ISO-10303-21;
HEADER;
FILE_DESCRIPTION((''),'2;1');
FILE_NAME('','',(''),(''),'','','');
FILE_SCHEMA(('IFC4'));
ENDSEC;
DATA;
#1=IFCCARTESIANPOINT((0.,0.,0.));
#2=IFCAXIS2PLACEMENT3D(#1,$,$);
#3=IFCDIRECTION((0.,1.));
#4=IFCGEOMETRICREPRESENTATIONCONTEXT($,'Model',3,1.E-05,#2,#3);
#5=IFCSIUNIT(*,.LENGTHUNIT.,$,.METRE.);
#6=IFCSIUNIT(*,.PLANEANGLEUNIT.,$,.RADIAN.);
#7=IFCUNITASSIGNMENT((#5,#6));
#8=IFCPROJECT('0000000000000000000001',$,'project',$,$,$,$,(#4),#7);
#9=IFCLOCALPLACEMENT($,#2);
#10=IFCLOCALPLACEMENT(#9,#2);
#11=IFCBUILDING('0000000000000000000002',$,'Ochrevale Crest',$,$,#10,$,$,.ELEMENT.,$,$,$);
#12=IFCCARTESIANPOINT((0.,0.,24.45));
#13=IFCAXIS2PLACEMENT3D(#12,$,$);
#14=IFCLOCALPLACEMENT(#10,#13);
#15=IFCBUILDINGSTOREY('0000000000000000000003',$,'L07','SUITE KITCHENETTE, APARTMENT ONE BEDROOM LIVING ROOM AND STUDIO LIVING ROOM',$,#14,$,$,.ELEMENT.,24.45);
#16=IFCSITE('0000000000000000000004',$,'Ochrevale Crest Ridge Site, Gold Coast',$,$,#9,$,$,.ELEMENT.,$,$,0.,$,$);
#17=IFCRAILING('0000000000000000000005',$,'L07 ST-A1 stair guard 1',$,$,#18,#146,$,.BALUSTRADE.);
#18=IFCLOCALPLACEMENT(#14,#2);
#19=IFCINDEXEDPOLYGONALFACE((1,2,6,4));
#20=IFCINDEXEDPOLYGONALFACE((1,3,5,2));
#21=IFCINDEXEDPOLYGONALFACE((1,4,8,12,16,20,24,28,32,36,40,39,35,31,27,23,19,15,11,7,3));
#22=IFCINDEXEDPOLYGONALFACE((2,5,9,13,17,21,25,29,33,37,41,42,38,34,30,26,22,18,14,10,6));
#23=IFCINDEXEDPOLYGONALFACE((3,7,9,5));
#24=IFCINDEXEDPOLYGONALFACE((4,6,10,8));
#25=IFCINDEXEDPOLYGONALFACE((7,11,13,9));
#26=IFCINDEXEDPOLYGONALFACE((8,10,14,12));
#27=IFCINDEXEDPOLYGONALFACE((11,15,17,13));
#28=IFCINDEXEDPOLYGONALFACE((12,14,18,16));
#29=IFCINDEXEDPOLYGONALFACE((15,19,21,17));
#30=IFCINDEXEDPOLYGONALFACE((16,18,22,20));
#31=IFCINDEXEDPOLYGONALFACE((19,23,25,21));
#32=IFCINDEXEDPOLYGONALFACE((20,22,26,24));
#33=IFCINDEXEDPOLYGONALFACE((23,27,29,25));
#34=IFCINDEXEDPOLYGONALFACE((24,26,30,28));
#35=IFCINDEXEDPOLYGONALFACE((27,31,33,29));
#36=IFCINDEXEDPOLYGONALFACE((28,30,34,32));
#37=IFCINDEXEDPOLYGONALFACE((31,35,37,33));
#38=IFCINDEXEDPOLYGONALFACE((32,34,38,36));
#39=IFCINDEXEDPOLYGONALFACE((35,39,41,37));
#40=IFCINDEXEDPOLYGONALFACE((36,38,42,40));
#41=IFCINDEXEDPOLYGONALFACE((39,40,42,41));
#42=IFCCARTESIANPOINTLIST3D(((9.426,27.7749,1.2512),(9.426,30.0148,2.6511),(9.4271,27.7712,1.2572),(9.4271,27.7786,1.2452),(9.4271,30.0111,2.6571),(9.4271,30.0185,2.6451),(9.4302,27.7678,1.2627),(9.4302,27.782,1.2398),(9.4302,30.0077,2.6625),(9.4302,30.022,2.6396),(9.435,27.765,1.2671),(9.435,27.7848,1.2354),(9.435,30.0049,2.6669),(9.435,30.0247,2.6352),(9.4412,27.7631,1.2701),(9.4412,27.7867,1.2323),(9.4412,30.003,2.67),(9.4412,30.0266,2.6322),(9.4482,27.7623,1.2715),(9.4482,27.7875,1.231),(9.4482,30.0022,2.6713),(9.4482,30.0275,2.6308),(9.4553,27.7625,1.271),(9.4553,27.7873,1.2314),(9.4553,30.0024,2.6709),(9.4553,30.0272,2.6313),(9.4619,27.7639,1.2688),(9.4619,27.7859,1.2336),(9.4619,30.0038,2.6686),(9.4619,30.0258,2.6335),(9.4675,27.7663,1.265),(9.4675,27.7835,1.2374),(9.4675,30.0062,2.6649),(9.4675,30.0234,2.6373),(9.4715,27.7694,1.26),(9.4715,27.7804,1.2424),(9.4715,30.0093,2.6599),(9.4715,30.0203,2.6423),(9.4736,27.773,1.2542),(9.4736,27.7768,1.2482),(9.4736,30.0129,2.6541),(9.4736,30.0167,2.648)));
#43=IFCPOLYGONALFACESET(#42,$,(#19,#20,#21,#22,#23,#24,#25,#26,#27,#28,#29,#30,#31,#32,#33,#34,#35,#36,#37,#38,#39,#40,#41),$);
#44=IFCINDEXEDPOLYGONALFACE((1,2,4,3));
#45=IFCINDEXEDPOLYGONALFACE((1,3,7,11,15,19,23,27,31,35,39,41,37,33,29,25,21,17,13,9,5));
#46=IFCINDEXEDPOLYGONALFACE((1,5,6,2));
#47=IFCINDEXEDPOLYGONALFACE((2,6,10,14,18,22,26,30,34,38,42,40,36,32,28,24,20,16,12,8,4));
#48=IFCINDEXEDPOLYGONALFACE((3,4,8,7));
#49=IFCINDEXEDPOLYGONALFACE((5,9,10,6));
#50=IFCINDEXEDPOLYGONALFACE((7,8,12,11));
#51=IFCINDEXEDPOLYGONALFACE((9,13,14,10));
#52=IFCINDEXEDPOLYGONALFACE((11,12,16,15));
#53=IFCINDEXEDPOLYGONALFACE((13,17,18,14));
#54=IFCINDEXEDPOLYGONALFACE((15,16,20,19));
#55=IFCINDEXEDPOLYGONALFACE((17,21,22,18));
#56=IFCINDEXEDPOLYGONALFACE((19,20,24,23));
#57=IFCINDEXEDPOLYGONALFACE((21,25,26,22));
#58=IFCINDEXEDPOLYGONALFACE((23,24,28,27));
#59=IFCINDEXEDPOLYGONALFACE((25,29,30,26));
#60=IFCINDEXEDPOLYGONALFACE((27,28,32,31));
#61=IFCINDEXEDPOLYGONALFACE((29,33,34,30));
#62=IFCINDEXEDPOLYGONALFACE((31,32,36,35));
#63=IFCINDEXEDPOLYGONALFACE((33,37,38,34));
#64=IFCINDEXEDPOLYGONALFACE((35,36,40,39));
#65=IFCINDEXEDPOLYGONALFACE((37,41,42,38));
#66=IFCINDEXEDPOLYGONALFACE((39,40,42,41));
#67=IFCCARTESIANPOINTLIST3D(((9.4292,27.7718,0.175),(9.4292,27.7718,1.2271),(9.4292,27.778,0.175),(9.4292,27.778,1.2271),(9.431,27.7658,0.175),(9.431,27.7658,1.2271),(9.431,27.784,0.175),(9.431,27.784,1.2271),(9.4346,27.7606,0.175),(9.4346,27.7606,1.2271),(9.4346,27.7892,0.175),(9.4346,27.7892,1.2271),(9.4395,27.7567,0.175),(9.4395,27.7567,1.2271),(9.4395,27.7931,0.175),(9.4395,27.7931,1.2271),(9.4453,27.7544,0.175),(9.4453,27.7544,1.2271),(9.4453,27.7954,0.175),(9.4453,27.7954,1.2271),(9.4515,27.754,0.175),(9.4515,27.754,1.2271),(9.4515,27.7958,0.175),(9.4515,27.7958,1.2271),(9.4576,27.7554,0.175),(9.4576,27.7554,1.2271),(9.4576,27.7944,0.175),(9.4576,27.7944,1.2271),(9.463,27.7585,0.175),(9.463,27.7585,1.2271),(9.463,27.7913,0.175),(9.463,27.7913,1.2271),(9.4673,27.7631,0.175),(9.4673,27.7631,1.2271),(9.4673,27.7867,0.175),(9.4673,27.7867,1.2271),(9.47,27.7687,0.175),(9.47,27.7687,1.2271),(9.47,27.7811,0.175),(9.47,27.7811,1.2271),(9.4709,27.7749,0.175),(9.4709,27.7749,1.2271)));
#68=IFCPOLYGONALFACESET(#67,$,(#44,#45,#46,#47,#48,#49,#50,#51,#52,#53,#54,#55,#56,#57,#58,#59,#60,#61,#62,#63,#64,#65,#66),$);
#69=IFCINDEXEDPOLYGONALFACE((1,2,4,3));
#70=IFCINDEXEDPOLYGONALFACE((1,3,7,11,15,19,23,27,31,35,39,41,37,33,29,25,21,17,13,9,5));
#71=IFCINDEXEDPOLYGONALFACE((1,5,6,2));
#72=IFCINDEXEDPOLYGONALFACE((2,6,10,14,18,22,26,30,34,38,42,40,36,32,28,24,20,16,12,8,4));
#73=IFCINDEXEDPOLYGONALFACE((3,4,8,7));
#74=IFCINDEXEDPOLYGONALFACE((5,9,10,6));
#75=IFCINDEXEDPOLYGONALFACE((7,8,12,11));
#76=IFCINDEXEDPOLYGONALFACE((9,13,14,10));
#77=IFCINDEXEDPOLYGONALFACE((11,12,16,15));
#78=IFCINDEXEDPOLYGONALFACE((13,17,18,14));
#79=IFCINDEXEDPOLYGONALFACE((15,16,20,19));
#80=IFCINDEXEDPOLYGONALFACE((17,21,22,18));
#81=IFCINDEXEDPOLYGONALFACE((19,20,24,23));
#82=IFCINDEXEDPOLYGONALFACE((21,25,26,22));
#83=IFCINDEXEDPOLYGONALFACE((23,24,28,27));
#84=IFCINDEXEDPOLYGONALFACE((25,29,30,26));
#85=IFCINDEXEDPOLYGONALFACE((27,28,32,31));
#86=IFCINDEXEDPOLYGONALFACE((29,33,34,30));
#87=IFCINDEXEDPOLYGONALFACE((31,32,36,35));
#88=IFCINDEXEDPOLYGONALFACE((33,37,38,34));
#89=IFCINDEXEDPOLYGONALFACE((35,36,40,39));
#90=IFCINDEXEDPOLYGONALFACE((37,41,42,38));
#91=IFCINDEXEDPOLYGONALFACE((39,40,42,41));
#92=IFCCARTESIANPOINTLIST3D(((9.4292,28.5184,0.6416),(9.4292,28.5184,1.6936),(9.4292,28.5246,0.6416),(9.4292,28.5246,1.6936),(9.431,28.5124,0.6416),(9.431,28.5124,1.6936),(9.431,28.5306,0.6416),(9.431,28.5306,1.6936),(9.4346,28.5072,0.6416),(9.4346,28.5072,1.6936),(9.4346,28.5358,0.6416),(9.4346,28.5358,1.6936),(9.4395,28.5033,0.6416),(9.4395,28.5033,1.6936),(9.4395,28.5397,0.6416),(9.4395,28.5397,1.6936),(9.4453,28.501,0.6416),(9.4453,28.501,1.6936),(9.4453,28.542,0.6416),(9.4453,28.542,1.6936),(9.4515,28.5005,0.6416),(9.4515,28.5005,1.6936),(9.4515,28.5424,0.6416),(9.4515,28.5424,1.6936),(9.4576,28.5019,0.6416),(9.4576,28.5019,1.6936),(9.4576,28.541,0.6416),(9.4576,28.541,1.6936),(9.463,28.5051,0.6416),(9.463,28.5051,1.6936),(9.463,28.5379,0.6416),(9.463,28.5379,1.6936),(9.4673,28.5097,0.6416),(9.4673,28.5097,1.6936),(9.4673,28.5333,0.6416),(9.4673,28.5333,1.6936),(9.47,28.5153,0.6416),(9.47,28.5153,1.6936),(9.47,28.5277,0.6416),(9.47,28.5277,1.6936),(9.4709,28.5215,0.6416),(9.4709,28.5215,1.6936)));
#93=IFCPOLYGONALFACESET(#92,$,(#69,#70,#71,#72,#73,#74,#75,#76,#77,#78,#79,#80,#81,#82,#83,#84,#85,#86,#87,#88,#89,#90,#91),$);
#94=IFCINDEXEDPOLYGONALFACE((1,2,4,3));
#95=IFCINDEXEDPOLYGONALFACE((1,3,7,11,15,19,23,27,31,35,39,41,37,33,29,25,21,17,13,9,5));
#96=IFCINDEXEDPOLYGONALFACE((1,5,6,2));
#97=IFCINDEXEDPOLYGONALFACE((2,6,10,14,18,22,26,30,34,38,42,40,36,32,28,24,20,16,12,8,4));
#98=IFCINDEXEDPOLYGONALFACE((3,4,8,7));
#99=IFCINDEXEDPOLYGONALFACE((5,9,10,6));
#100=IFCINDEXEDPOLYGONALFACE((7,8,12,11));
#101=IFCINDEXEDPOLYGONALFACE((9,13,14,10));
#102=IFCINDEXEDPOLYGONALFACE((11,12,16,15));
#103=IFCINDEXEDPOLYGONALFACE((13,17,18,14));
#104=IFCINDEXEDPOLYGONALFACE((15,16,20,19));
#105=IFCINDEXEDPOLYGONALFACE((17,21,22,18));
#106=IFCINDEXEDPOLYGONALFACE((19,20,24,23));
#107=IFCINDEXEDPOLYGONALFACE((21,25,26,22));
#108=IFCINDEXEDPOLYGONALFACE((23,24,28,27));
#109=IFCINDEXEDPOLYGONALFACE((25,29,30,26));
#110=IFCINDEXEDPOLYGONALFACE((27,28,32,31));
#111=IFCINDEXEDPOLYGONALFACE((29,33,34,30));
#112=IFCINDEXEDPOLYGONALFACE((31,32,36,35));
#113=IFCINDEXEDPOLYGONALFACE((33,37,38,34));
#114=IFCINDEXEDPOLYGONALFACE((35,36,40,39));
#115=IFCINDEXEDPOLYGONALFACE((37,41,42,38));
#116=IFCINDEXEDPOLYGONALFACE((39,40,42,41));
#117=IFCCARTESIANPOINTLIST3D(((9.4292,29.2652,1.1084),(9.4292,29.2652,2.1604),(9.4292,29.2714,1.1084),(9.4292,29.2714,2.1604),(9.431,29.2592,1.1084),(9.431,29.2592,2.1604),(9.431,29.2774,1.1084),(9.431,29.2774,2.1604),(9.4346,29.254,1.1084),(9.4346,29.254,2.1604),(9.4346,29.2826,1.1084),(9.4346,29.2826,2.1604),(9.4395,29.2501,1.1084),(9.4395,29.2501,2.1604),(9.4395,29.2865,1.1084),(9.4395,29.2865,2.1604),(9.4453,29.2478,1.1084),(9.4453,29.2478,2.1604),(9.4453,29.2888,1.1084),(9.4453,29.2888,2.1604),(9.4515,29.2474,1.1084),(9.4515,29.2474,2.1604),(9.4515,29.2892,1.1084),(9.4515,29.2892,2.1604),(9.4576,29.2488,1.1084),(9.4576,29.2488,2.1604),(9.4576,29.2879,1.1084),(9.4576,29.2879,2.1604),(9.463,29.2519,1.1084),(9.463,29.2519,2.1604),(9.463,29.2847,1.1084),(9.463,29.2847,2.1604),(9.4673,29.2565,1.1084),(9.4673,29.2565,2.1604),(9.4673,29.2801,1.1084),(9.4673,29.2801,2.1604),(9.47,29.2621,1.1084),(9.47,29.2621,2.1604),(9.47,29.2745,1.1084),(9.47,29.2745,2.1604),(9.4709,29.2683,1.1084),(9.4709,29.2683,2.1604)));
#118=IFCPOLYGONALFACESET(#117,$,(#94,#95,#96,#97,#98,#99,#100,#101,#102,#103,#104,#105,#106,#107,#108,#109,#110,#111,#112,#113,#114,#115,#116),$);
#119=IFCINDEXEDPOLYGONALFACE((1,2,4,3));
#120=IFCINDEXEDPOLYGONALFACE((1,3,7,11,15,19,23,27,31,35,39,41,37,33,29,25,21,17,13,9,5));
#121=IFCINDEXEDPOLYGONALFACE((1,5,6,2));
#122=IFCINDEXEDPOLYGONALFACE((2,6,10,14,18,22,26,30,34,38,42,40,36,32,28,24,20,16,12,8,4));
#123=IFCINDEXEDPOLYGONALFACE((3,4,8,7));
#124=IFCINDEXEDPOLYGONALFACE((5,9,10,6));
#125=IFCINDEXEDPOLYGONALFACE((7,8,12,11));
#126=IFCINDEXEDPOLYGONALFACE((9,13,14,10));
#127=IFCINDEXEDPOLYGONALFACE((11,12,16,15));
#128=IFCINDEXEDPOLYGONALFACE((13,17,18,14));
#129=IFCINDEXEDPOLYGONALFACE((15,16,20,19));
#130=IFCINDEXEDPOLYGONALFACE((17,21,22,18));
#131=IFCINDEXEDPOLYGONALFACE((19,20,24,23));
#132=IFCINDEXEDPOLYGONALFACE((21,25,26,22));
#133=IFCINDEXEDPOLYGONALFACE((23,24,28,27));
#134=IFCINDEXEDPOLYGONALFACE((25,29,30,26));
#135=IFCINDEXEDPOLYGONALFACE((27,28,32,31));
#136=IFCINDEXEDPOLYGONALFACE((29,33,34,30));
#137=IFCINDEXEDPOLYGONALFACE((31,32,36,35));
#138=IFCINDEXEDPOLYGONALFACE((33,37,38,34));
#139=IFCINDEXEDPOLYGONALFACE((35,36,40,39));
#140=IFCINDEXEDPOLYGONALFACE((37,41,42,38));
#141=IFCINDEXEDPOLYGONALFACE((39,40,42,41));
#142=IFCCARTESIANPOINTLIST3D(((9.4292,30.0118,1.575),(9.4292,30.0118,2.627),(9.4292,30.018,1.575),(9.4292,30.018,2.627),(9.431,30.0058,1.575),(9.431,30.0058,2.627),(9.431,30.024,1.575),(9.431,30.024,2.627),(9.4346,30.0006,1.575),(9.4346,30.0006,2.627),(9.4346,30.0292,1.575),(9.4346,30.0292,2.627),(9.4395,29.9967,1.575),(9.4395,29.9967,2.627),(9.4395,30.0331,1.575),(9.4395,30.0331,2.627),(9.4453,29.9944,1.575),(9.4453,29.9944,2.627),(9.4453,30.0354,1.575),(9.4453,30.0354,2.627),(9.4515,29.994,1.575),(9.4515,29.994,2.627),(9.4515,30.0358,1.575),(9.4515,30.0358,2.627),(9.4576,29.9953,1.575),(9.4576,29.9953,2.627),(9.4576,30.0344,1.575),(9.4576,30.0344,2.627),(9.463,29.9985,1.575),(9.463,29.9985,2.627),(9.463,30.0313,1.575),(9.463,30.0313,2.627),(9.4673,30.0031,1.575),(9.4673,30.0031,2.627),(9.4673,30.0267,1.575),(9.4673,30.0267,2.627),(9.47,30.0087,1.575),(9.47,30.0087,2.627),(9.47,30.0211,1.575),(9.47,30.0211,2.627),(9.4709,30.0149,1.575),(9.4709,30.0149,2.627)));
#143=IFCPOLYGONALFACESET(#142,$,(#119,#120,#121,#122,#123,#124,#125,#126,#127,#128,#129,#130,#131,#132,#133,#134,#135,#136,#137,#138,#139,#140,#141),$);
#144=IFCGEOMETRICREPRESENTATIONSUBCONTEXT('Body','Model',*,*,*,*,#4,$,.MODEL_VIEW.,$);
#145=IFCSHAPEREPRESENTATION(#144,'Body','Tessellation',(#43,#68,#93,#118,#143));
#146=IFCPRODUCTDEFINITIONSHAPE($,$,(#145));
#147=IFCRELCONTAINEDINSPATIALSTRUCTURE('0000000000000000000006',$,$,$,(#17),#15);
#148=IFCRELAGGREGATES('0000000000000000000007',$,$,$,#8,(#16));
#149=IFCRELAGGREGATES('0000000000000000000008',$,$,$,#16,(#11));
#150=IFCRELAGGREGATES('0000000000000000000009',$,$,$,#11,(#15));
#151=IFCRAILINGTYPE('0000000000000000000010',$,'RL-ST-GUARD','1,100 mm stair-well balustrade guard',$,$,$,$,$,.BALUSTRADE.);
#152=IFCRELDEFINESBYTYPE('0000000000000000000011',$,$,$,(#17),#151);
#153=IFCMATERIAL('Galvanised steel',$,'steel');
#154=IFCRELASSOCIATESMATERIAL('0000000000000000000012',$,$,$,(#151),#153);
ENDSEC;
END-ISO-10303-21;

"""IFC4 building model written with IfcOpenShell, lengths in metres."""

from ifc_helpers import new_model, si_unit, direction, frame, origin, origin_2d, place, context, subcontext, project, spatial, circle, extrude, material, type_object, element, save


model = new_model("IFC4")

# Units and contexts
model_context = context("Model", 3, precision=1e-05, world=origin(), true_north=direction((0.0, 1.0)))
body_context = subcontext(model_context, "Body", "Model", "MODEL_VIEW")
ifc_project = project(units=[si_unit("LENGTHUNIT", "METRE"), si_unit("PLANEANGLEUNIT", "RADIAN")], contexts=[model_context])

# Site, building, storey
site_placement = place(None, origin())
site = spatial("IfcSite", under=ifc_project, at=site_placement, Name="Ochrevale Crest Ridge Site, Gold Coast", CompositionType="ELEMENT", RefElevation=0.0)
building_placement = place(site_placement, origin())
building = spatial("IfcBuilding", under=site, at=building_placement, Name="Ochrevale Crest", CompositionType="ELEMENT")
storey_placement = place(building_placement, frame((0.0, 0.0, 24.45)))
storey = spatial("IfcBuildingStorey", under=building, at=storey_placement, Name="L07", Description="SUITE KITCHENETTE, APARTMENT ONE BEDROOM LIVING ROOM AND STUDIO LIVING ROOM", CompositionType="ELEMENT", Elevation=24.45)

# Railing
ifc_material_1 = material(Name="Galvanised steel", Category="steel")
railing_type_1 = type_object("IfcRailingType", Name="RL-ST-GUARD", Description="1,100 mm stair-well balustrade guard", PredefinedType="BALUSTRADE", material=ifc_material_1)
railing_1_placement = place(storey_placement, frame((9.45, 27.7749, 0.175)))
element("IfcRailing", 1, at=railing_1_placement, inside=storey, type_object=railing_type_1, Name="L07 ST-A1 stair guard 1", PredefinedType="BALUSTRADE", context=body_context, shape_type="SweptSolid", body=[
    extrude(circle(Radius=0.0239, at=origin_2d()), frame((0.0, 0.0, 1.0762), z_axis=(0.0, 0.848014, 0.529974), x_axis=(-1.0, 0.0, 0.0)), (0.0, 0.0, 1.0), 2.6414),
    extrude(circle(Radius=0.021, at=origin_2d()), origin(), (0.0, 0.0, 1.0), 1.052),
    extrude(circle(Radius=0.021, at=origin_2d()), frame((0.0, 0.7466, 0.4666)), (0.0, 0.0, 1.0), 1.052),
    extrude(circle(Radius=0.021, at=origin_2d()), frame((0.0, 1.4934, 0.9333)), (0.0, 0.0, 1.0), 1.052),
    extrude(circle(Radius=0.021, at=origin_2d()), frame((0.0, 2.24, 1.3999)), (0.0, 0.0, 1.0), 1.052),
])

save(model, "model.ifc")
